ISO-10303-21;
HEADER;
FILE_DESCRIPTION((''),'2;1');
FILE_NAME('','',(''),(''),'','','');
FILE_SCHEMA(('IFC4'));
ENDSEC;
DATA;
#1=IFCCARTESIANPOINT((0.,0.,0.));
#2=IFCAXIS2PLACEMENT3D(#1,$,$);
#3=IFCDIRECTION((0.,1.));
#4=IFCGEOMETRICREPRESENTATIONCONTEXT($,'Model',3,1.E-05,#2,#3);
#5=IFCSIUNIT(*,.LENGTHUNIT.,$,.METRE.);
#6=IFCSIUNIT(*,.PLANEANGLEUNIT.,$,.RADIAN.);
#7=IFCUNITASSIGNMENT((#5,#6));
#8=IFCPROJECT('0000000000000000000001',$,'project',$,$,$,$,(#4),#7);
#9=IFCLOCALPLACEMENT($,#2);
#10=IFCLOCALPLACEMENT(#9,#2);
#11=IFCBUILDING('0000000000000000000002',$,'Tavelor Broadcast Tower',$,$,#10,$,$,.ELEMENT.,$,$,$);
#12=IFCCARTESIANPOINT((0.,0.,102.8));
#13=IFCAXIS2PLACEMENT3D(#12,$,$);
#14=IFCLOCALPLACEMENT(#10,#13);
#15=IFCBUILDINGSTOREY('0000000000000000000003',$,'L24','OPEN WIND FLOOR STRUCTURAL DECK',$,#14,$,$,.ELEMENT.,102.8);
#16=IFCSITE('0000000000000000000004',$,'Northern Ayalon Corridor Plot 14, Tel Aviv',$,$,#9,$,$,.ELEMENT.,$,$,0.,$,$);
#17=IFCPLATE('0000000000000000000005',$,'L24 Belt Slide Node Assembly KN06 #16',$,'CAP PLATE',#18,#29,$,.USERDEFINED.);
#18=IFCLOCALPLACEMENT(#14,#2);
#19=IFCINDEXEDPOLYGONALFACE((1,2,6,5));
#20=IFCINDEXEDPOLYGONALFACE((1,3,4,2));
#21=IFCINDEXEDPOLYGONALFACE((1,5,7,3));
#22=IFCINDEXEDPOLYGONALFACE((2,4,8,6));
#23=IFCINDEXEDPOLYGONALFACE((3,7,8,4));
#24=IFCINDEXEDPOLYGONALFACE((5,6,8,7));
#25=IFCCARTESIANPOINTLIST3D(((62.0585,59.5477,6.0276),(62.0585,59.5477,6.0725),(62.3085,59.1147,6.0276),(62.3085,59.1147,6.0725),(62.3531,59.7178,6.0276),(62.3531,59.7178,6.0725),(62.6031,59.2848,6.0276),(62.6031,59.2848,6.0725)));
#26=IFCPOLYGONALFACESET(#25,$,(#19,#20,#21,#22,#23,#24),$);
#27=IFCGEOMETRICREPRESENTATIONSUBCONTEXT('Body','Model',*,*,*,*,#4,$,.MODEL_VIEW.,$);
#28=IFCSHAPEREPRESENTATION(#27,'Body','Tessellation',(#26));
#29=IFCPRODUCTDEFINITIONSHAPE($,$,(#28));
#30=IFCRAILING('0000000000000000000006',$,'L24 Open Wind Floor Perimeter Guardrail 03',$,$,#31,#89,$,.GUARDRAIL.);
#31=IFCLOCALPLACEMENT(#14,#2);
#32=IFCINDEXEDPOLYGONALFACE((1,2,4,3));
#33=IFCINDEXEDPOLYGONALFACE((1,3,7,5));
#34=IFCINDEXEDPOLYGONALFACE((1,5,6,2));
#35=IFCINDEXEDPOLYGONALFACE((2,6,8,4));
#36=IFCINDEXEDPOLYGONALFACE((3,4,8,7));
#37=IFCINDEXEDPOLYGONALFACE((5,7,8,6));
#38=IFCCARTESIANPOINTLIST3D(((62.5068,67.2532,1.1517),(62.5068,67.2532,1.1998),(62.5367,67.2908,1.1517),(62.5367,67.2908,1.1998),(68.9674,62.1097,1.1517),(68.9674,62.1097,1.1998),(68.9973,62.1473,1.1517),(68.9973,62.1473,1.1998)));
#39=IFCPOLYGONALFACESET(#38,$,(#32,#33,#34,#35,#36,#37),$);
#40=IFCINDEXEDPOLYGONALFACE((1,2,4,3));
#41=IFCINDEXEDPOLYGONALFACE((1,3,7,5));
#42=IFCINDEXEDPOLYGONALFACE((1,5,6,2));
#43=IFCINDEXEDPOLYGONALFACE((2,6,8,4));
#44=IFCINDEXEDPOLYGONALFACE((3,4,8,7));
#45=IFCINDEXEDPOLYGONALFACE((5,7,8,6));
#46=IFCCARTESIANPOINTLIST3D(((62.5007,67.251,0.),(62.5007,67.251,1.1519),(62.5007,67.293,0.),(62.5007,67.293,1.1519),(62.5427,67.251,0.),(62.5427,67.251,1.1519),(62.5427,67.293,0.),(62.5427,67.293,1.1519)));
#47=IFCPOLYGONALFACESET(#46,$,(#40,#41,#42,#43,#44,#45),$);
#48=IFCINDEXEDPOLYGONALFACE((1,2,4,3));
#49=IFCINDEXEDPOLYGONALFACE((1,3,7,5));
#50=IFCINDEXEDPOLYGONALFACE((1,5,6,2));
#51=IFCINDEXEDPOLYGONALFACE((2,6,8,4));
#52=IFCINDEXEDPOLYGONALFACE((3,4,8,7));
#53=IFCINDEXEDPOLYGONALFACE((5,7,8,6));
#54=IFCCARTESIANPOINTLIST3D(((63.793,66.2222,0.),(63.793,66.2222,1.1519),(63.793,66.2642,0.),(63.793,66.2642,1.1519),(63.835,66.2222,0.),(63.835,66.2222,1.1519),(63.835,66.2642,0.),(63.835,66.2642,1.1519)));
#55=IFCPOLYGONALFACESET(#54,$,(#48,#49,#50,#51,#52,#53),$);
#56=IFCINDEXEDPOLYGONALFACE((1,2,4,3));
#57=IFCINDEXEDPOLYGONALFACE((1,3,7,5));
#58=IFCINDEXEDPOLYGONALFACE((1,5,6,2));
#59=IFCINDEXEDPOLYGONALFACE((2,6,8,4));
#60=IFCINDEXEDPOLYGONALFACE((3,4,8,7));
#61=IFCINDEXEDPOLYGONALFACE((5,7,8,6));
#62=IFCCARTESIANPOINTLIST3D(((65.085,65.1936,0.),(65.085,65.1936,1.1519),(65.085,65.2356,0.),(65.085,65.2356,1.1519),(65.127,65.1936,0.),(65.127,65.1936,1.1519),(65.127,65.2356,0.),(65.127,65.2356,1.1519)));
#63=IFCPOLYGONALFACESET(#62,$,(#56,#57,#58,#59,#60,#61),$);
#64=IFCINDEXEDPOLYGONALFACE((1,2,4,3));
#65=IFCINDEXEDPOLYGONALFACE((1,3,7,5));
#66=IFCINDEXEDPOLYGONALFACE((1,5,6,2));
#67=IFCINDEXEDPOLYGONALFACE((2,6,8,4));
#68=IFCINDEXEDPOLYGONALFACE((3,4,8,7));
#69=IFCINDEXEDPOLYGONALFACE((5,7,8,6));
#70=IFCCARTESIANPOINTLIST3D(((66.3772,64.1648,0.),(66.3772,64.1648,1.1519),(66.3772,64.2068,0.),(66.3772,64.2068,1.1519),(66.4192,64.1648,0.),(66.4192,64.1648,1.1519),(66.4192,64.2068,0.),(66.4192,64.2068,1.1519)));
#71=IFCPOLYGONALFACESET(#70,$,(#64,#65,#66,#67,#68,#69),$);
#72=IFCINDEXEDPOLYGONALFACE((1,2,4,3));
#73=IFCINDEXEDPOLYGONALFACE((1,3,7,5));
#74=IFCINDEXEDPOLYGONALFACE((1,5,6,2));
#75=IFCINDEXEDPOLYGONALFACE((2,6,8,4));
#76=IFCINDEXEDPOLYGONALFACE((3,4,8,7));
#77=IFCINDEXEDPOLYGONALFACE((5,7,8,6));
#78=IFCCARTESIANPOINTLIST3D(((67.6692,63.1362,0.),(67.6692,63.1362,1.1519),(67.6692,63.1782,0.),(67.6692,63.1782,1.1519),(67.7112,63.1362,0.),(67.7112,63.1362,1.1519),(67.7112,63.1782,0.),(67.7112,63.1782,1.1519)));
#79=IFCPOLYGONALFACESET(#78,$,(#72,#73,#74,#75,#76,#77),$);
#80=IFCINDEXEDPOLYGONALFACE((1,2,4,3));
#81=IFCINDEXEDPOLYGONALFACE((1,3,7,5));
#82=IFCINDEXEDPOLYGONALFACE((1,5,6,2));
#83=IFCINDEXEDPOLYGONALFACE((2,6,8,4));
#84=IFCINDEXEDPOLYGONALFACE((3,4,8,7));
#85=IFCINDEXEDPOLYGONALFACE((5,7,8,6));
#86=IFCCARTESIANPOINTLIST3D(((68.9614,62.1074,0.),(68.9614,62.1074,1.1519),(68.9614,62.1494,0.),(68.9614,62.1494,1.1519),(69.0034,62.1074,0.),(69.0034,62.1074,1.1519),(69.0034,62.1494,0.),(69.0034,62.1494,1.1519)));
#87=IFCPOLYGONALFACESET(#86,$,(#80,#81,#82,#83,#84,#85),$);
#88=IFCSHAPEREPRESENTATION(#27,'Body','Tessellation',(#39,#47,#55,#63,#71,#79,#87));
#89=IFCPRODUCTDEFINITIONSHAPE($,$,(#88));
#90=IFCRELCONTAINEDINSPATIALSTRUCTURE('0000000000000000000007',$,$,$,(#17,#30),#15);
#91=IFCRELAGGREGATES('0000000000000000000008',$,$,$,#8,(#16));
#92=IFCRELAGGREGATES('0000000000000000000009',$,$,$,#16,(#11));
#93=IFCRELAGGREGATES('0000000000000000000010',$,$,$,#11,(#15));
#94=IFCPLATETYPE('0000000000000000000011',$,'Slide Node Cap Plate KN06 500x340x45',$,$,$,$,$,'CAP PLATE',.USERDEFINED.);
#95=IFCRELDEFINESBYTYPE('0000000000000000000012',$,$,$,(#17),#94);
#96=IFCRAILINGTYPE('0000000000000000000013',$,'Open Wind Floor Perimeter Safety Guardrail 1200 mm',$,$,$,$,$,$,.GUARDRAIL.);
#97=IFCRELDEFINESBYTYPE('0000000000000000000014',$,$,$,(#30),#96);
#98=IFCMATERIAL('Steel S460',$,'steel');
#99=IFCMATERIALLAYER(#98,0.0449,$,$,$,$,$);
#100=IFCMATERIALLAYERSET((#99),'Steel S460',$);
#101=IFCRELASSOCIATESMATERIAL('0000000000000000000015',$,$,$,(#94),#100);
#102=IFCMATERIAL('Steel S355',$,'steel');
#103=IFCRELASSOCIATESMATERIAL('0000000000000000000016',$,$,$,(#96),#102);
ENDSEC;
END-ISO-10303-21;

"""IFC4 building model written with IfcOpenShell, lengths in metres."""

from ifc_helpers import new_model, si_unit, direction, frame, origin, origin_2d, place, context, subcontext, project, spatial, rectangle, extrude, source, transform, mapped, material, layer, layer_set, type_object, type_shapes, element, save


model = new_model("IFC4")

# Units and contexts
model_context = context("Model", 3, precision=1e-05, world=origin(), true_north=direction((0.0, 1.0)))
body_context = subcontext(model_context, "Body", "Model", "MODEL_VIEW")
ifc_project = project(units=[si_unit("LENGTHUNIT", "METRE"), si_unit("PLANEANGLEUNIT", "RADIAN")], contexts=[model_context])

# Site, building, storey
site_placement = place(None, origin())
site = spatial("IfcSite", under=ifc_project, at=site_placement, Name="Northern Ayalon Corridor Plot 14, Tel Aviv", CompositionType="ELEMENT", RefElevation=0.0)
building_placement = place(site_placement, origin())
building = spatial("IfcBuilding", under=site, at=building_placement, Name="Tavelor Broadcast Tower", CompositionType="ELEMENT")
storey_placement = place(building_placement, frame((0.0, 0.0, 102.8)))
storey = spatial("IfcBuildingStorey", under=building, at=storey_placement, Name="L24", Description="OPEN WIND FLOOR STRUCTURAL DECK", CompositionType="ELEMENT", Elevation=102.8)

# Shared definitions
ifc_material_1 = material(Name="Steel S460", Category="steel")

# Plate
ifc_layer_1 = layer(ifc_material_1, 0.0449)
ifc_layer_set_1 = layer_set([ifc_layer_1], Name="Steel S460")
plate_type_1 = type_object("IfcPlateType", Name="Slide Node Cap Plate KN06 500x340x45", ElementType="CAP PLATE", PredefinedType="USERDEFINED", material=ifc_layer_set_1)
shared_shape_1 = source(origin(), body_context, "Body", "SweptSolid", [
    extrude(rectangle(XDim=0.5, YDim=0.3401, at=origin_2d()), origin(), (0.0, 0.0, 1.0), 0.0449),
])
type_shapes(plate_type_1, [shared_shape_1])
plate_1_placement = place(storey_placement, frame((62.3308, 59.4163, 6.0276), z_axis=(0.0, 0.0, 1.0), x_axis=(0.5, -0.866025, 0.0)))
element("IfcPlate", 1, at=plate_1_placement, inside=storey, type_object=plate_type_1, Name="L24 Belt Slide Node Assembly KN06 #16", ObjectType="CAP PLATE", PredefinedType="USERDEFINED", context=body_context, shape_type="MappedRepresentation", body=[
    mapped(shared_shape_1, transform((0.0, 0.0, 0.0), scale=1.0)),
])

# Railing
ifc_material_2 = material(Name="Steel S355", Category="steel")
railing_type = type_object("IfcRailingType", Name="Open Wind Floor Perimeter Safety Guardrail 1200 mm", PredefinedType="GUARDRAIL", material=ifc_material_2)
railing_placement = place(storey_placement, frame((62.5217, 67.272, 0.0)))
element("IfcRailing", 2, at=railing_placement, inside=storey, type_object=railing_type, Name="L24 Open Wind Floor Perimeter Guardrail 03", PredefinedType="GUARDRAIL", context=body_context, shape_type="SweptSolid", body=[
    extrude(rectangle(XDim=0.0481, YDim=0.0481, at=origin_2d()), frame((0.0, 0.0, 1.1758), z_axis=(0.782343, -0.622847, 0.0), x_axis=(0.622847, 0.782343, 0.0)), (0.0, 0.0, 1.0), 8.2581),
    extrude(rectangle(XDim=0.042, YDim=0.042, at=origin_2d()), origin(), (0.0, 0.0, 1.0), 1.1519),
    extrude(rectangle(XDim=0.042, YDim=0.042, at=origin_2d()), frame((1.2922, -1.0288, 0.0)), (0.0, 0.0, 1.0), 1.1519),
    extrude(rectangle(XDim=0.042, YDim=0.042, at=origin_2d()), frame((2.5842, -2.0574, 0.0)), (0.0, 0.0, 1.0), 1.1519),
    extrude(rectangle(XDim=0.042, YDim=0.042, at=origin_2d()), frame((3.8765, -3.0862, 0.0)), (0.0, 0.0, 1.0), 1.1519),
    extrude(rectangle(XDim=0.042, YDim=0.042, at=origin_2d()), frame((5.1685, -4.1147, 0.0)), (0.0, 0.0, 1.0), 1.1519),
    extrude(rectangle(XDim=0.042, YDim=0.042, at=origin_2d()), frame((6.4607, -5.1436, 0.0)), (0.0, 0.0, 1.0), 1.1519),
])

save(model, "model.ifc")
